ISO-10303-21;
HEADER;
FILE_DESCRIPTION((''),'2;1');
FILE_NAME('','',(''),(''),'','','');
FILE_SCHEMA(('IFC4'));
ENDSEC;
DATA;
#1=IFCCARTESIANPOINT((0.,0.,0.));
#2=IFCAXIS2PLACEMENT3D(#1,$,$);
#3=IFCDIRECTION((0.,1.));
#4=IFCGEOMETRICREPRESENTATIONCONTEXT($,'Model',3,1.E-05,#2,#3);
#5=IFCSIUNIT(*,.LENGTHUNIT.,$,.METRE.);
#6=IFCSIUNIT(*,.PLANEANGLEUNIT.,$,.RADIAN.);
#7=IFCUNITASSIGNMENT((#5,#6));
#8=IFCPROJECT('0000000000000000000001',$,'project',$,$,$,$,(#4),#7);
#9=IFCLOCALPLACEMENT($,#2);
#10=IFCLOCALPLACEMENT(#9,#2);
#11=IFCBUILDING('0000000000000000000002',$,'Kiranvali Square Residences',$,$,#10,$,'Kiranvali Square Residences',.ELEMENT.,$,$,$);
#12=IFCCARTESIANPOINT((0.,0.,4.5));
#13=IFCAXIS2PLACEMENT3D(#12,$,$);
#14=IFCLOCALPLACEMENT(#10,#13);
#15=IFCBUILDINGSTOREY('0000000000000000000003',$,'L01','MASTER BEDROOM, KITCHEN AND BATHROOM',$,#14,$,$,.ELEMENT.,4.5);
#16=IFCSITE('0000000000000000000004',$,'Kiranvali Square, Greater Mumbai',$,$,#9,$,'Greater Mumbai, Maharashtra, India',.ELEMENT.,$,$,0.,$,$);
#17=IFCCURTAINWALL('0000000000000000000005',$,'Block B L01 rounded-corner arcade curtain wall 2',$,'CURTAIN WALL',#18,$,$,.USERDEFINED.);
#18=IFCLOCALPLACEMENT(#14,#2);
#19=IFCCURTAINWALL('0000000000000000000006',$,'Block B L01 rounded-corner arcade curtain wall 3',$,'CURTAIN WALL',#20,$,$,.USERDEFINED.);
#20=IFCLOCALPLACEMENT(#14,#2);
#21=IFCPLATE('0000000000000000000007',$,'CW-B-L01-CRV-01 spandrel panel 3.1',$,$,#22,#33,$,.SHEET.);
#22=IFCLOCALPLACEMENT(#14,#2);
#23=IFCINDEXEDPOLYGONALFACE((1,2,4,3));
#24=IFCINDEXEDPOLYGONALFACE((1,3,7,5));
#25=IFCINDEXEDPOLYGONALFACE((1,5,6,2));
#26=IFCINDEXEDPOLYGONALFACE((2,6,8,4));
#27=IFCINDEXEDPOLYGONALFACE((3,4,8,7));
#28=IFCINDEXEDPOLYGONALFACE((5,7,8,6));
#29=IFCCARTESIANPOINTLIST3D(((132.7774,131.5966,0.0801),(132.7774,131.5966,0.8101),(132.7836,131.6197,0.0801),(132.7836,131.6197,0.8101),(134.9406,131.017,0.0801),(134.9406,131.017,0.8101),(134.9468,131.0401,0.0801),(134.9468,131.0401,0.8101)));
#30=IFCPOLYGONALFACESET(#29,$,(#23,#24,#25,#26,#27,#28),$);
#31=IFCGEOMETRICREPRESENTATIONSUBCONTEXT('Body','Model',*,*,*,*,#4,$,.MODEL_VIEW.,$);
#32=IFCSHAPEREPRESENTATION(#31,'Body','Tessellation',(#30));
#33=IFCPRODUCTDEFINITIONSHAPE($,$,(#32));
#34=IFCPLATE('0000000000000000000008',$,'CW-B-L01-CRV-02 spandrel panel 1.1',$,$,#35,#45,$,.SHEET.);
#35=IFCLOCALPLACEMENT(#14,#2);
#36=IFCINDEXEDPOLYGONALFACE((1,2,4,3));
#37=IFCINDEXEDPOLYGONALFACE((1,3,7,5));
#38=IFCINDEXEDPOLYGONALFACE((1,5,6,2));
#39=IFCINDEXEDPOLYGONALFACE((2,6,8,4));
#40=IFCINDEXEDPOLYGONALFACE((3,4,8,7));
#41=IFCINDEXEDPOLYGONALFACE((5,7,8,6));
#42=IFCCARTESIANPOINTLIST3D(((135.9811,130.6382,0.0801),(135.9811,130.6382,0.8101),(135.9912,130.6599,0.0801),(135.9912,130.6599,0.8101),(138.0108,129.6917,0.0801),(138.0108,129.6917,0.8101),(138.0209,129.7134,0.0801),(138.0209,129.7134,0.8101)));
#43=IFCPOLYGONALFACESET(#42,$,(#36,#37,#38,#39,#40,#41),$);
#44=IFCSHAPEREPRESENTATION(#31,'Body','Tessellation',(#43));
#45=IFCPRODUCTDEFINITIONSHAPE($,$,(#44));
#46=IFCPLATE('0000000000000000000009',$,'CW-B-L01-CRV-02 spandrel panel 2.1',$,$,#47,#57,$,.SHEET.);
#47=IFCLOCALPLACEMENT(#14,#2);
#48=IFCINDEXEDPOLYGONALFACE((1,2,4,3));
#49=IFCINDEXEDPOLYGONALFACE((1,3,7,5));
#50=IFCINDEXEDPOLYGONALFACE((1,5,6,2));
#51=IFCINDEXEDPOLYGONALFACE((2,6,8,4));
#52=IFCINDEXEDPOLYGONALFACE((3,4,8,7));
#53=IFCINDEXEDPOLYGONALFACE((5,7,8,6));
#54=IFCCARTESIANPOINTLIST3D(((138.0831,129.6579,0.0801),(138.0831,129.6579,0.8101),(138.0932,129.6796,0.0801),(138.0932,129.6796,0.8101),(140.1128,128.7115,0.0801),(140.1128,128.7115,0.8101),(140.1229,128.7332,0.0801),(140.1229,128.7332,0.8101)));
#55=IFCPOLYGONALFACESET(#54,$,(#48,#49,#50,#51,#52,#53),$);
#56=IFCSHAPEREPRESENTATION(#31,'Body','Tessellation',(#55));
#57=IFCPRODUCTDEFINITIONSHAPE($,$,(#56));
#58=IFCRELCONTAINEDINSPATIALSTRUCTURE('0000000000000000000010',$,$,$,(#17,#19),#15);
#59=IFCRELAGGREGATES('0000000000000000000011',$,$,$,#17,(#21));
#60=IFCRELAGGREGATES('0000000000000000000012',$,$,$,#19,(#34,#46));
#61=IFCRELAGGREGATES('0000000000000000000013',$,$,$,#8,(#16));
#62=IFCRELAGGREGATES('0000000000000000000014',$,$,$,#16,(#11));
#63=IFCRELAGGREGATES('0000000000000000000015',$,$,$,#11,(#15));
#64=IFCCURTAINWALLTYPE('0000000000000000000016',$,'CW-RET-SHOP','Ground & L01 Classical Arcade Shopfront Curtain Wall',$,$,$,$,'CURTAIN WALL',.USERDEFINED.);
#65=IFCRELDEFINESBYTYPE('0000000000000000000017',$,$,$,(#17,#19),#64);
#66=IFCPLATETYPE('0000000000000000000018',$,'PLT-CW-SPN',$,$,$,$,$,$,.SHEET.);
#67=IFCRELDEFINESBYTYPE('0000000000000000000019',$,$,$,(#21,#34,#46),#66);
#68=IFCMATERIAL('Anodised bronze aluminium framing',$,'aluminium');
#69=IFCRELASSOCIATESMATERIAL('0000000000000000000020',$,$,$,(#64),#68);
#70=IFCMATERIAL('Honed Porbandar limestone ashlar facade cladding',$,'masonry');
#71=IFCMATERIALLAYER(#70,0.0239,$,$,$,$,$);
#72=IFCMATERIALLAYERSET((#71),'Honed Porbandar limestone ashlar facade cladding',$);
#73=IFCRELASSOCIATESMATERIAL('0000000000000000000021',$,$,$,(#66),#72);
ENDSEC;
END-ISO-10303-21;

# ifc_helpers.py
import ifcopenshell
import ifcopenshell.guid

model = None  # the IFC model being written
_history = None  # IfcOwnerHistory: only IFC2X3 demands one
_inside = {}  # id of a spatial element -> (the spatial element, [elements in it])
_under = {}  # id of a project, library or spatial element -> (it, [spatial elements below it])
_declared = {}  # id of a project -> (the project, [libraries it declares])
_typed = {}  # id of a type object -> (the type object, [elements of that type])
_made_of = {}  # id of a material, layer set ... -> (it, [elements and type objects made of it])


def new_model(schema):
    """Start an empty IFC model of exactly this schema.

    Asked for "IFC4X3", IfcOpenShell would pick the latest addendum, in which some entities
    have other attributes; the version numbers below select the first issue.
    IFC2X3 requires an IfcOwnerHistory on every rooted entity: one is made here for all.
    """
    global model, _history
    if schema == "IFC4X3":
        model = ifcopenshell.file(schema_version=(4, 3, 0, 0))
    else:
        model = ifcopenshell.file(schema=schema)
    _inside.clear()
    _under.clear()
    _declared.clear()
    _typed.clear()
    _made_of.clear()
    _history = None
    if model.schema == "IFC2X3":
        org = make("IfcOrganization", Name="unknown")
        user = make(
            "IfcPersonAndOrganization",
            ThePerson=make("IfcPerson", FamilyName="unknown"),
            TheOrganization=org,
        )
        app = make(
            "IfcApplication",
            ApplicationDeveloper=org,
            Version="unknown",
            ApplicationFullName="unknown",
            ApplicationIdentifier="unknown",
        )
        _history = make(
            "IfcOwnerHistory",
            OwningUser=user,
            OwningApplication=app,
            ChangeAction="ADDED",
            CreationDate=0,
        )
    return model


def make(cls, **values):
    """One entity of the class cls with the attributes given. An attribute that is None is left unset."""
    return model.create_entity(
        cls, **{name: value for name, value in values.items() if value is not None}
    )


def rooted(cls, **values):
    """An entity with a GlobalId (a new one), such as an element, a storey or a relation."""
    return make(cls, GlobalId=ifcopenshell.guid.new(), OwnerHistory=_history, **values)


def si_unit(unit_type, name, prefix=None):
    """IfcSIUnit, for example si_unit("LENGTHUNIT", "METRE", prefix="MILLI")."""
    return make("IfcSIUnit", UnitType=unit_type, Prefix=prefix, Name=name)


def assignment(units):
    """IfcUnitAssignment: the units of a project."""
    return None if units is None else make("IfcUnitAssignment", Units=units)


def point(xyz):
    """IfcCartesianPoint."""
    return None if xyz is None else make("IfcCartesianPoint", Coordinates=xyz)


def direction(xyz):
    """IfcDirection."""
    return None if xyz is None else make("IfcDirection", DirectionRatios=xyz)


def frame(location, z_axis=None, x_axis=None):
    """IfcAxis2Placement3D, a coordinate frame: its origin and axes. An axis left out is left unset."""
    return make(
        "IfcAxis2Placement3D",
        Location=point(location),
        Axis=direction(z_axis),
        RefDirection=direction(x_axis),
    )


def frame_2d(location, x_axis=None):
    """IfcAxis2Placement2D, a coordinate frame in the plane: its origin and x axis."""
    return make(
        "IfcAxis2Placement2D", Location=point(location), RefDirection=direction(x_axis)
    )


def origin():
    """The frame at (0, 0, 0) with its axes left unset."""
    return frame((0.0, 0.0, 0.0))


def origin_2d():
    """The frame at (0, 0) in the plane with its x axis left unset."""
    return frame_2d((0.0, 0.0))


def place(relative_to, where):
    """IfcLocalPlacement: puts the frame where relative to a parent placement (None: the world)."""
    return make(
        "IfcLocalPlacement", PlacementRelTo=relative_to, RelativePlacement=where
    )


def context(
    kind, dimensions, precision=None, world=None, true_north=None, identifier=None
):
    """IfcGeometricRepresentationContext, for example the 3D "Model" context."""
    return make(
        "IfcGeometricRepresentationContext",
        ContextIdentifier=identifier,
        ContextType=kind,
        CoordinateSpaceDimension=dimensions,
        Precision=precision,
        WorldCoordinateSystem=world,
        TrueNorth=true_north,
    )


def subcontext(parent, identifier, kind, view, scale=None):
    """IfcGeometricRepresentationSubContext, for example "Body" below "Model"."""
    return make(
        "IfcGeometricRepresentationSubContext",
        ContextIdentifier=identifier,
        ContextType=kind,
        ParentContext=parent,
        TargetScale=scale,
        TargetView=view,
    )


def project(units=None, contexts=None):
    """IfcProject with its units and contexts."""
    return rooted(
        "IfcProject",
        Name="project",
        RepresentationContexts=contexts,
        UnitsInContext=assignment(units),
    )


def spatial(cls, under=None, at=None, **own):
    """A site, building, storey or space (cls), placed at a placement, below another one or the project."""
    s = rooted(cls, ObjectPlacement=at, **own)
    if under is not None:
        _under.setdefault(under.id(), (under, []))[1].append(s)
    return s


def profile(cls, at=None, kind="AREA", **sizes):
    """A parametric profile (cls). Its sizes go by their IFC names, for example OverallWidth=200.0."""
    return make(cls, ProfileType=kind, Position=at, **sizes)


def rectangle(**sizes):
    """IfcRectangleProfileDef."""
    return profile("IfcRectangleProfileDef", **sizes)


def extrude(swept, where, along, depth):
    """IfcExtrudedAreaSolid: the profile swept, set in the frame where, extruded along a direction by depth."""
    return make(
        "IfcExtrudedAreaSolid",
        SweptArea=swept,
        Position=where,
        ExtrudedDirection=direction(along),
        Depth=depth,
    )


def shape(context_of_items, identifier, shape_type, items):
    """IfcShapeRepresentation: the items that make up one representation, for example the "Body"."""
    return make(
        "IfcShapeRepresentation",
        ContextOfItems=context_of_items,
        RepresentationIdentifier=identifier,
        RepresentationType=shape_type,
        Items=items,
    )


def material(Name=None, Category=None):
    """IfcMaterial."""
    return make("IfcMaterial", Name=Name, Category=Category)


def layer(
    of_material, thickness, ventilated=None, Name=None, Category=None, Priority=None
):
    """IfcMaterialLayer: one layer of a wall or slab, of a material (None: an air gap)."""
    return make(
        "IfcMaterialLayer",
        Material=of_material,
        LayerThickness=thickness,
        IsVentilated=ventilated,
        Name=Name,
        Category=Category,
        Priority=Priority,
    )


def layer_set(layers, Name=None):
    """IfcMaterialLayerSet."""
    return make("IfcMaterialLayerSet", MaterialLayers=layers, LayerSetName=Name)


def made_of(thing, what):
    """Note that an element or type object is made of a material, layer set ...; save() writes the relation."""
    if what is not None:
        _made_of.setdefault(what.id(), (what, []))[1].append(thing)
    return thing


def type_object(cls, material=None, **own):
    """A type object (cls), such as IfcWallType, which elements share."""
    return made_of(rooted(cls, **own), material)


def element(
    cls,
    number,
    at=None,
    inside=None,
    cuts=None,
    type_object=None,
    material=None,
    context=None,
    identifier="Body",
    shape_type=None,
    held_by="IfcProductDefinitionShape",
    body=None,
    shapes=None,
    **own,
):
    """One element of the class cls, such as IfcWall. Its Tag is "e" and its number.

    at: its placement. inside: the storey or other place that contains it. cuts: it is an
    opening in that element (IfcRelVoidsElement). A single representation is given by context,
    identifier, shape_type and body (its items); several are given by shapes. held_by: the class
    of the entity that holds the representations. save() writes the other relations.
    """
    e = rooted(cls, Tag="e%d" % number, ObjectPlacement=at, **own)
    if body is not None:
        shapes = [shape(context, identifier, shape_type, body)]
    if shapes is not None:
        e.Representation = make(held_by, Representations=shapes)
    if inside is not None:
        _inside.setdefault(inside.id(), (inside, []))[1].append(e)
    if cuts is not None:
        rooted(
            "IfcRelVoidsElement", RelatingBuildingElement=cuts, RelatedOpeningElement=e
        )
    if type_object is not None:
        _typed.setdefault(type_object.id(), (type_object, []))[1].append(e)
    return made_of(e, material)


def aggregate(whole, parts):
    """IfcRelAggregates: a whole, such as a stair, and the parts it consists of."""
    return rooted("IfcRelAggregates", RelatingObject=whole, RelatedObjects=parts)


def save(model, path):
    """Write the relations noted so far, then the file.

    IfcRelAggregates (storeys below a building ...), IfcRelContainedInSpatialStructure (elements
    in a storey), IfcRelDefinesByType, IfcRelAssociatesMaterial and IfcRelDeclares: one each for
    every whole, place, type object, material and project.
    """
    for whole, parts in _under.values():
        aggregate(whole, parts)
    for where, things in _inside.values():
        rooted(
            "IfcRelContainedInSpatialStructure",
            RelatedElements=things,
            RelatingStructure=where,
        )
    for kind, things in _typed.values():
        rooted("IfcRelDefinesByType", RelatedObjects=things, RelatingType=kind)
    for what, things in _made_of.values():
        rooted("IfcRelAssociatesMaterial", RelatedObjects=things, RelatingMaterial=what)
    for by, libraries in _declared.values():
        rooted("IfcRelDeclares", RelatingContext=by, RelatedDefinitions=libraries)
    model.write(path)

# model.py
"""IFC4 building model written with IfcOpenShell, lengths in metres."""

from ifc_helpers import new_model, si_unit, direction, frame, origin, origin_2d, place, context, subcontext, project, spatial, rectangle, extrude, material, layer, layer_set, type_object, element, aggregate, save


model = new_model("IFC4")

# Units and contexts
model_context = context("Model", 3, precision=1e-05, world=origin(), true_north=direction((0.0, 1.0)))
body_context = subcontext(model_context, "Body", "Model", "MODEL_VIEW")
ifc_project = project(units=[si_unit("LENGTHUNIT", "METRE"), si_unit("PLANEANGLEUNIT", "RADIAN")], contexts=[model_context])

# Site, building, storey
site_placement = place(None, origin())
site = spatial("IfcSite", under=ifc_project, at=site_placement, Name="Kiranvali Square, Greater Mumbai", LongName="Greater Mumbai, Maharashtra, India", CompositionType="ELEMENT", RefElevation=0.0)
building_placement = place(site_placement, origin())
building = spatial("IfcBuilding", under=site, at=building_placement, Name="Kiranvali Square Residences", LongName="Kiranvali Square Residences", CompositionType="ELEMENT")
storey_placement = place(building_placement, frame((0.0, 0.0, 4.5)))
storey = spatial("IfcBuildingStorey", under=building, at=storey_placement, Name="L01", Description="MASTER BEDROOM, KITCHEN AND BATHROOM", CompositionType="ELEMENT", Elevation=4.5)

# Curtain walls
ifc_material_1 = material(Name="Anodised bronze aluminium framing", Category="aluminium")
curtain_wall_type = type_object("IfcCurtainWallType", Name="CW-RET-SHOP", Description="Ground & L01 Classical Arcade Shopfront Curtain Wall", ElementType="CURTAIN WALL", PredefinedType="USERDEFINED", material=ifc_material_1)
curtain_wall_1_placement = place(storey_placement, origin())
curtain_wall_1 = element("IfcCurtainWall", 1, at=curtain_wall_1_placement, inside=storey, type_object=curtain_wall_type, Name="Block B L01 rounded-corner arcade curtain wall 2", ObjectType="CURTAIN WALL", PredefinedType="USERDEFINED")
curtain_wall_2_placement = place(storey_placement, origin())
curtain_wall_2 = element("IfcCurtainWall", 2, at=curtain_wall_2_placement, inside=storey, type_object=curtain_wall_type, Name="Block B L01 rounded-corner arcade curtain wall 3", ObjectType="CURTAIN WALL", PredefinedType="USERDEFINED")

# Plates
ifc_material_2 = material(Name="Honed Porbandar limestone ashlar facade cladding", Category="masonry")
ifc_layer_1 = layer(ifc_material_2, 0.0239)
ifc_layer_set_1 = layer_set([ifc_layer_1], Name="Honed Porbandar limestone ashlar facade cladding")
plate_type_1 = type_object("IfcPlateType", Name="PLT-CW-SPN", PredefinedType="SHEET", material=ifc_layer_set_1)
plate_1_placement = place(storey_placement, frame((133.8621, 131.3184, 0.0801), z_axis=(0.0, 0.0, 1.0), x_axis=(0.965926, -0.258819, 0.0)))
plate_1 = element("IfcPlate", 3, at=plate_1_placement, type_object=plate_type_1, Name="CW-B-L01-CRV-01 spandrel panel 3.1", PredefinedType="SHEET", context=body_context, shape_type="SweptSolid", body=[
    extrude(rectangle(XDim=2.2395, YDim=0.0239, at=origin_2d()), origin(), (0.0, 0.0, 1.0), 0.73),
])
aggregate(curtain_wall_1, [plate_1])
plate_2_placement = place(storey_placement, frame((137.001, 130.1758, 0.0801), z_axis=(0.0, 0.0, 1.0), x_axis=(0.906308, -0.422618, 0.0)))
plate_2 = element("IfcPlate", 4, at=plate_2_placement, type_object=plate_type_1, Name="CW-B-L01-CRV-02 spandrel panel 1.1", PredefinedType="SHEET", context=body_context, shape_type="SweptSolid", body=[
    extrude(rectangle(XDim=2.2395, YDim=0.0239, at=origin_2d()), origin(), (0.0, 0.0, 1.0), 0.73),
])
plate_3_placement = place(storey_placement, frame((139.103, 129.1956, 0.0801), z_axis=(0.0, 0.0, 1.0), x_axis=(0.906308, -0.422618, 0.0)))
plate_3 = element("IfcPlate", 5, at=plate_3_placement, type_object=plate_type_1, Name="CW-B-L01-CRV-02 spandrel panel 2.1", PredefinedType="SHEET", context=body_context, shape_type="SweptSolid", body=[
    extrude(rectangle(XDim=2.2395, YDim=0.0239, at=origin_2d()), origin(), (0.0, 0.0, 1.0), 0.73),
])
aggregate(curtain_wall_2, [plate_2, plate_3])

save(model, "model.ifc")
